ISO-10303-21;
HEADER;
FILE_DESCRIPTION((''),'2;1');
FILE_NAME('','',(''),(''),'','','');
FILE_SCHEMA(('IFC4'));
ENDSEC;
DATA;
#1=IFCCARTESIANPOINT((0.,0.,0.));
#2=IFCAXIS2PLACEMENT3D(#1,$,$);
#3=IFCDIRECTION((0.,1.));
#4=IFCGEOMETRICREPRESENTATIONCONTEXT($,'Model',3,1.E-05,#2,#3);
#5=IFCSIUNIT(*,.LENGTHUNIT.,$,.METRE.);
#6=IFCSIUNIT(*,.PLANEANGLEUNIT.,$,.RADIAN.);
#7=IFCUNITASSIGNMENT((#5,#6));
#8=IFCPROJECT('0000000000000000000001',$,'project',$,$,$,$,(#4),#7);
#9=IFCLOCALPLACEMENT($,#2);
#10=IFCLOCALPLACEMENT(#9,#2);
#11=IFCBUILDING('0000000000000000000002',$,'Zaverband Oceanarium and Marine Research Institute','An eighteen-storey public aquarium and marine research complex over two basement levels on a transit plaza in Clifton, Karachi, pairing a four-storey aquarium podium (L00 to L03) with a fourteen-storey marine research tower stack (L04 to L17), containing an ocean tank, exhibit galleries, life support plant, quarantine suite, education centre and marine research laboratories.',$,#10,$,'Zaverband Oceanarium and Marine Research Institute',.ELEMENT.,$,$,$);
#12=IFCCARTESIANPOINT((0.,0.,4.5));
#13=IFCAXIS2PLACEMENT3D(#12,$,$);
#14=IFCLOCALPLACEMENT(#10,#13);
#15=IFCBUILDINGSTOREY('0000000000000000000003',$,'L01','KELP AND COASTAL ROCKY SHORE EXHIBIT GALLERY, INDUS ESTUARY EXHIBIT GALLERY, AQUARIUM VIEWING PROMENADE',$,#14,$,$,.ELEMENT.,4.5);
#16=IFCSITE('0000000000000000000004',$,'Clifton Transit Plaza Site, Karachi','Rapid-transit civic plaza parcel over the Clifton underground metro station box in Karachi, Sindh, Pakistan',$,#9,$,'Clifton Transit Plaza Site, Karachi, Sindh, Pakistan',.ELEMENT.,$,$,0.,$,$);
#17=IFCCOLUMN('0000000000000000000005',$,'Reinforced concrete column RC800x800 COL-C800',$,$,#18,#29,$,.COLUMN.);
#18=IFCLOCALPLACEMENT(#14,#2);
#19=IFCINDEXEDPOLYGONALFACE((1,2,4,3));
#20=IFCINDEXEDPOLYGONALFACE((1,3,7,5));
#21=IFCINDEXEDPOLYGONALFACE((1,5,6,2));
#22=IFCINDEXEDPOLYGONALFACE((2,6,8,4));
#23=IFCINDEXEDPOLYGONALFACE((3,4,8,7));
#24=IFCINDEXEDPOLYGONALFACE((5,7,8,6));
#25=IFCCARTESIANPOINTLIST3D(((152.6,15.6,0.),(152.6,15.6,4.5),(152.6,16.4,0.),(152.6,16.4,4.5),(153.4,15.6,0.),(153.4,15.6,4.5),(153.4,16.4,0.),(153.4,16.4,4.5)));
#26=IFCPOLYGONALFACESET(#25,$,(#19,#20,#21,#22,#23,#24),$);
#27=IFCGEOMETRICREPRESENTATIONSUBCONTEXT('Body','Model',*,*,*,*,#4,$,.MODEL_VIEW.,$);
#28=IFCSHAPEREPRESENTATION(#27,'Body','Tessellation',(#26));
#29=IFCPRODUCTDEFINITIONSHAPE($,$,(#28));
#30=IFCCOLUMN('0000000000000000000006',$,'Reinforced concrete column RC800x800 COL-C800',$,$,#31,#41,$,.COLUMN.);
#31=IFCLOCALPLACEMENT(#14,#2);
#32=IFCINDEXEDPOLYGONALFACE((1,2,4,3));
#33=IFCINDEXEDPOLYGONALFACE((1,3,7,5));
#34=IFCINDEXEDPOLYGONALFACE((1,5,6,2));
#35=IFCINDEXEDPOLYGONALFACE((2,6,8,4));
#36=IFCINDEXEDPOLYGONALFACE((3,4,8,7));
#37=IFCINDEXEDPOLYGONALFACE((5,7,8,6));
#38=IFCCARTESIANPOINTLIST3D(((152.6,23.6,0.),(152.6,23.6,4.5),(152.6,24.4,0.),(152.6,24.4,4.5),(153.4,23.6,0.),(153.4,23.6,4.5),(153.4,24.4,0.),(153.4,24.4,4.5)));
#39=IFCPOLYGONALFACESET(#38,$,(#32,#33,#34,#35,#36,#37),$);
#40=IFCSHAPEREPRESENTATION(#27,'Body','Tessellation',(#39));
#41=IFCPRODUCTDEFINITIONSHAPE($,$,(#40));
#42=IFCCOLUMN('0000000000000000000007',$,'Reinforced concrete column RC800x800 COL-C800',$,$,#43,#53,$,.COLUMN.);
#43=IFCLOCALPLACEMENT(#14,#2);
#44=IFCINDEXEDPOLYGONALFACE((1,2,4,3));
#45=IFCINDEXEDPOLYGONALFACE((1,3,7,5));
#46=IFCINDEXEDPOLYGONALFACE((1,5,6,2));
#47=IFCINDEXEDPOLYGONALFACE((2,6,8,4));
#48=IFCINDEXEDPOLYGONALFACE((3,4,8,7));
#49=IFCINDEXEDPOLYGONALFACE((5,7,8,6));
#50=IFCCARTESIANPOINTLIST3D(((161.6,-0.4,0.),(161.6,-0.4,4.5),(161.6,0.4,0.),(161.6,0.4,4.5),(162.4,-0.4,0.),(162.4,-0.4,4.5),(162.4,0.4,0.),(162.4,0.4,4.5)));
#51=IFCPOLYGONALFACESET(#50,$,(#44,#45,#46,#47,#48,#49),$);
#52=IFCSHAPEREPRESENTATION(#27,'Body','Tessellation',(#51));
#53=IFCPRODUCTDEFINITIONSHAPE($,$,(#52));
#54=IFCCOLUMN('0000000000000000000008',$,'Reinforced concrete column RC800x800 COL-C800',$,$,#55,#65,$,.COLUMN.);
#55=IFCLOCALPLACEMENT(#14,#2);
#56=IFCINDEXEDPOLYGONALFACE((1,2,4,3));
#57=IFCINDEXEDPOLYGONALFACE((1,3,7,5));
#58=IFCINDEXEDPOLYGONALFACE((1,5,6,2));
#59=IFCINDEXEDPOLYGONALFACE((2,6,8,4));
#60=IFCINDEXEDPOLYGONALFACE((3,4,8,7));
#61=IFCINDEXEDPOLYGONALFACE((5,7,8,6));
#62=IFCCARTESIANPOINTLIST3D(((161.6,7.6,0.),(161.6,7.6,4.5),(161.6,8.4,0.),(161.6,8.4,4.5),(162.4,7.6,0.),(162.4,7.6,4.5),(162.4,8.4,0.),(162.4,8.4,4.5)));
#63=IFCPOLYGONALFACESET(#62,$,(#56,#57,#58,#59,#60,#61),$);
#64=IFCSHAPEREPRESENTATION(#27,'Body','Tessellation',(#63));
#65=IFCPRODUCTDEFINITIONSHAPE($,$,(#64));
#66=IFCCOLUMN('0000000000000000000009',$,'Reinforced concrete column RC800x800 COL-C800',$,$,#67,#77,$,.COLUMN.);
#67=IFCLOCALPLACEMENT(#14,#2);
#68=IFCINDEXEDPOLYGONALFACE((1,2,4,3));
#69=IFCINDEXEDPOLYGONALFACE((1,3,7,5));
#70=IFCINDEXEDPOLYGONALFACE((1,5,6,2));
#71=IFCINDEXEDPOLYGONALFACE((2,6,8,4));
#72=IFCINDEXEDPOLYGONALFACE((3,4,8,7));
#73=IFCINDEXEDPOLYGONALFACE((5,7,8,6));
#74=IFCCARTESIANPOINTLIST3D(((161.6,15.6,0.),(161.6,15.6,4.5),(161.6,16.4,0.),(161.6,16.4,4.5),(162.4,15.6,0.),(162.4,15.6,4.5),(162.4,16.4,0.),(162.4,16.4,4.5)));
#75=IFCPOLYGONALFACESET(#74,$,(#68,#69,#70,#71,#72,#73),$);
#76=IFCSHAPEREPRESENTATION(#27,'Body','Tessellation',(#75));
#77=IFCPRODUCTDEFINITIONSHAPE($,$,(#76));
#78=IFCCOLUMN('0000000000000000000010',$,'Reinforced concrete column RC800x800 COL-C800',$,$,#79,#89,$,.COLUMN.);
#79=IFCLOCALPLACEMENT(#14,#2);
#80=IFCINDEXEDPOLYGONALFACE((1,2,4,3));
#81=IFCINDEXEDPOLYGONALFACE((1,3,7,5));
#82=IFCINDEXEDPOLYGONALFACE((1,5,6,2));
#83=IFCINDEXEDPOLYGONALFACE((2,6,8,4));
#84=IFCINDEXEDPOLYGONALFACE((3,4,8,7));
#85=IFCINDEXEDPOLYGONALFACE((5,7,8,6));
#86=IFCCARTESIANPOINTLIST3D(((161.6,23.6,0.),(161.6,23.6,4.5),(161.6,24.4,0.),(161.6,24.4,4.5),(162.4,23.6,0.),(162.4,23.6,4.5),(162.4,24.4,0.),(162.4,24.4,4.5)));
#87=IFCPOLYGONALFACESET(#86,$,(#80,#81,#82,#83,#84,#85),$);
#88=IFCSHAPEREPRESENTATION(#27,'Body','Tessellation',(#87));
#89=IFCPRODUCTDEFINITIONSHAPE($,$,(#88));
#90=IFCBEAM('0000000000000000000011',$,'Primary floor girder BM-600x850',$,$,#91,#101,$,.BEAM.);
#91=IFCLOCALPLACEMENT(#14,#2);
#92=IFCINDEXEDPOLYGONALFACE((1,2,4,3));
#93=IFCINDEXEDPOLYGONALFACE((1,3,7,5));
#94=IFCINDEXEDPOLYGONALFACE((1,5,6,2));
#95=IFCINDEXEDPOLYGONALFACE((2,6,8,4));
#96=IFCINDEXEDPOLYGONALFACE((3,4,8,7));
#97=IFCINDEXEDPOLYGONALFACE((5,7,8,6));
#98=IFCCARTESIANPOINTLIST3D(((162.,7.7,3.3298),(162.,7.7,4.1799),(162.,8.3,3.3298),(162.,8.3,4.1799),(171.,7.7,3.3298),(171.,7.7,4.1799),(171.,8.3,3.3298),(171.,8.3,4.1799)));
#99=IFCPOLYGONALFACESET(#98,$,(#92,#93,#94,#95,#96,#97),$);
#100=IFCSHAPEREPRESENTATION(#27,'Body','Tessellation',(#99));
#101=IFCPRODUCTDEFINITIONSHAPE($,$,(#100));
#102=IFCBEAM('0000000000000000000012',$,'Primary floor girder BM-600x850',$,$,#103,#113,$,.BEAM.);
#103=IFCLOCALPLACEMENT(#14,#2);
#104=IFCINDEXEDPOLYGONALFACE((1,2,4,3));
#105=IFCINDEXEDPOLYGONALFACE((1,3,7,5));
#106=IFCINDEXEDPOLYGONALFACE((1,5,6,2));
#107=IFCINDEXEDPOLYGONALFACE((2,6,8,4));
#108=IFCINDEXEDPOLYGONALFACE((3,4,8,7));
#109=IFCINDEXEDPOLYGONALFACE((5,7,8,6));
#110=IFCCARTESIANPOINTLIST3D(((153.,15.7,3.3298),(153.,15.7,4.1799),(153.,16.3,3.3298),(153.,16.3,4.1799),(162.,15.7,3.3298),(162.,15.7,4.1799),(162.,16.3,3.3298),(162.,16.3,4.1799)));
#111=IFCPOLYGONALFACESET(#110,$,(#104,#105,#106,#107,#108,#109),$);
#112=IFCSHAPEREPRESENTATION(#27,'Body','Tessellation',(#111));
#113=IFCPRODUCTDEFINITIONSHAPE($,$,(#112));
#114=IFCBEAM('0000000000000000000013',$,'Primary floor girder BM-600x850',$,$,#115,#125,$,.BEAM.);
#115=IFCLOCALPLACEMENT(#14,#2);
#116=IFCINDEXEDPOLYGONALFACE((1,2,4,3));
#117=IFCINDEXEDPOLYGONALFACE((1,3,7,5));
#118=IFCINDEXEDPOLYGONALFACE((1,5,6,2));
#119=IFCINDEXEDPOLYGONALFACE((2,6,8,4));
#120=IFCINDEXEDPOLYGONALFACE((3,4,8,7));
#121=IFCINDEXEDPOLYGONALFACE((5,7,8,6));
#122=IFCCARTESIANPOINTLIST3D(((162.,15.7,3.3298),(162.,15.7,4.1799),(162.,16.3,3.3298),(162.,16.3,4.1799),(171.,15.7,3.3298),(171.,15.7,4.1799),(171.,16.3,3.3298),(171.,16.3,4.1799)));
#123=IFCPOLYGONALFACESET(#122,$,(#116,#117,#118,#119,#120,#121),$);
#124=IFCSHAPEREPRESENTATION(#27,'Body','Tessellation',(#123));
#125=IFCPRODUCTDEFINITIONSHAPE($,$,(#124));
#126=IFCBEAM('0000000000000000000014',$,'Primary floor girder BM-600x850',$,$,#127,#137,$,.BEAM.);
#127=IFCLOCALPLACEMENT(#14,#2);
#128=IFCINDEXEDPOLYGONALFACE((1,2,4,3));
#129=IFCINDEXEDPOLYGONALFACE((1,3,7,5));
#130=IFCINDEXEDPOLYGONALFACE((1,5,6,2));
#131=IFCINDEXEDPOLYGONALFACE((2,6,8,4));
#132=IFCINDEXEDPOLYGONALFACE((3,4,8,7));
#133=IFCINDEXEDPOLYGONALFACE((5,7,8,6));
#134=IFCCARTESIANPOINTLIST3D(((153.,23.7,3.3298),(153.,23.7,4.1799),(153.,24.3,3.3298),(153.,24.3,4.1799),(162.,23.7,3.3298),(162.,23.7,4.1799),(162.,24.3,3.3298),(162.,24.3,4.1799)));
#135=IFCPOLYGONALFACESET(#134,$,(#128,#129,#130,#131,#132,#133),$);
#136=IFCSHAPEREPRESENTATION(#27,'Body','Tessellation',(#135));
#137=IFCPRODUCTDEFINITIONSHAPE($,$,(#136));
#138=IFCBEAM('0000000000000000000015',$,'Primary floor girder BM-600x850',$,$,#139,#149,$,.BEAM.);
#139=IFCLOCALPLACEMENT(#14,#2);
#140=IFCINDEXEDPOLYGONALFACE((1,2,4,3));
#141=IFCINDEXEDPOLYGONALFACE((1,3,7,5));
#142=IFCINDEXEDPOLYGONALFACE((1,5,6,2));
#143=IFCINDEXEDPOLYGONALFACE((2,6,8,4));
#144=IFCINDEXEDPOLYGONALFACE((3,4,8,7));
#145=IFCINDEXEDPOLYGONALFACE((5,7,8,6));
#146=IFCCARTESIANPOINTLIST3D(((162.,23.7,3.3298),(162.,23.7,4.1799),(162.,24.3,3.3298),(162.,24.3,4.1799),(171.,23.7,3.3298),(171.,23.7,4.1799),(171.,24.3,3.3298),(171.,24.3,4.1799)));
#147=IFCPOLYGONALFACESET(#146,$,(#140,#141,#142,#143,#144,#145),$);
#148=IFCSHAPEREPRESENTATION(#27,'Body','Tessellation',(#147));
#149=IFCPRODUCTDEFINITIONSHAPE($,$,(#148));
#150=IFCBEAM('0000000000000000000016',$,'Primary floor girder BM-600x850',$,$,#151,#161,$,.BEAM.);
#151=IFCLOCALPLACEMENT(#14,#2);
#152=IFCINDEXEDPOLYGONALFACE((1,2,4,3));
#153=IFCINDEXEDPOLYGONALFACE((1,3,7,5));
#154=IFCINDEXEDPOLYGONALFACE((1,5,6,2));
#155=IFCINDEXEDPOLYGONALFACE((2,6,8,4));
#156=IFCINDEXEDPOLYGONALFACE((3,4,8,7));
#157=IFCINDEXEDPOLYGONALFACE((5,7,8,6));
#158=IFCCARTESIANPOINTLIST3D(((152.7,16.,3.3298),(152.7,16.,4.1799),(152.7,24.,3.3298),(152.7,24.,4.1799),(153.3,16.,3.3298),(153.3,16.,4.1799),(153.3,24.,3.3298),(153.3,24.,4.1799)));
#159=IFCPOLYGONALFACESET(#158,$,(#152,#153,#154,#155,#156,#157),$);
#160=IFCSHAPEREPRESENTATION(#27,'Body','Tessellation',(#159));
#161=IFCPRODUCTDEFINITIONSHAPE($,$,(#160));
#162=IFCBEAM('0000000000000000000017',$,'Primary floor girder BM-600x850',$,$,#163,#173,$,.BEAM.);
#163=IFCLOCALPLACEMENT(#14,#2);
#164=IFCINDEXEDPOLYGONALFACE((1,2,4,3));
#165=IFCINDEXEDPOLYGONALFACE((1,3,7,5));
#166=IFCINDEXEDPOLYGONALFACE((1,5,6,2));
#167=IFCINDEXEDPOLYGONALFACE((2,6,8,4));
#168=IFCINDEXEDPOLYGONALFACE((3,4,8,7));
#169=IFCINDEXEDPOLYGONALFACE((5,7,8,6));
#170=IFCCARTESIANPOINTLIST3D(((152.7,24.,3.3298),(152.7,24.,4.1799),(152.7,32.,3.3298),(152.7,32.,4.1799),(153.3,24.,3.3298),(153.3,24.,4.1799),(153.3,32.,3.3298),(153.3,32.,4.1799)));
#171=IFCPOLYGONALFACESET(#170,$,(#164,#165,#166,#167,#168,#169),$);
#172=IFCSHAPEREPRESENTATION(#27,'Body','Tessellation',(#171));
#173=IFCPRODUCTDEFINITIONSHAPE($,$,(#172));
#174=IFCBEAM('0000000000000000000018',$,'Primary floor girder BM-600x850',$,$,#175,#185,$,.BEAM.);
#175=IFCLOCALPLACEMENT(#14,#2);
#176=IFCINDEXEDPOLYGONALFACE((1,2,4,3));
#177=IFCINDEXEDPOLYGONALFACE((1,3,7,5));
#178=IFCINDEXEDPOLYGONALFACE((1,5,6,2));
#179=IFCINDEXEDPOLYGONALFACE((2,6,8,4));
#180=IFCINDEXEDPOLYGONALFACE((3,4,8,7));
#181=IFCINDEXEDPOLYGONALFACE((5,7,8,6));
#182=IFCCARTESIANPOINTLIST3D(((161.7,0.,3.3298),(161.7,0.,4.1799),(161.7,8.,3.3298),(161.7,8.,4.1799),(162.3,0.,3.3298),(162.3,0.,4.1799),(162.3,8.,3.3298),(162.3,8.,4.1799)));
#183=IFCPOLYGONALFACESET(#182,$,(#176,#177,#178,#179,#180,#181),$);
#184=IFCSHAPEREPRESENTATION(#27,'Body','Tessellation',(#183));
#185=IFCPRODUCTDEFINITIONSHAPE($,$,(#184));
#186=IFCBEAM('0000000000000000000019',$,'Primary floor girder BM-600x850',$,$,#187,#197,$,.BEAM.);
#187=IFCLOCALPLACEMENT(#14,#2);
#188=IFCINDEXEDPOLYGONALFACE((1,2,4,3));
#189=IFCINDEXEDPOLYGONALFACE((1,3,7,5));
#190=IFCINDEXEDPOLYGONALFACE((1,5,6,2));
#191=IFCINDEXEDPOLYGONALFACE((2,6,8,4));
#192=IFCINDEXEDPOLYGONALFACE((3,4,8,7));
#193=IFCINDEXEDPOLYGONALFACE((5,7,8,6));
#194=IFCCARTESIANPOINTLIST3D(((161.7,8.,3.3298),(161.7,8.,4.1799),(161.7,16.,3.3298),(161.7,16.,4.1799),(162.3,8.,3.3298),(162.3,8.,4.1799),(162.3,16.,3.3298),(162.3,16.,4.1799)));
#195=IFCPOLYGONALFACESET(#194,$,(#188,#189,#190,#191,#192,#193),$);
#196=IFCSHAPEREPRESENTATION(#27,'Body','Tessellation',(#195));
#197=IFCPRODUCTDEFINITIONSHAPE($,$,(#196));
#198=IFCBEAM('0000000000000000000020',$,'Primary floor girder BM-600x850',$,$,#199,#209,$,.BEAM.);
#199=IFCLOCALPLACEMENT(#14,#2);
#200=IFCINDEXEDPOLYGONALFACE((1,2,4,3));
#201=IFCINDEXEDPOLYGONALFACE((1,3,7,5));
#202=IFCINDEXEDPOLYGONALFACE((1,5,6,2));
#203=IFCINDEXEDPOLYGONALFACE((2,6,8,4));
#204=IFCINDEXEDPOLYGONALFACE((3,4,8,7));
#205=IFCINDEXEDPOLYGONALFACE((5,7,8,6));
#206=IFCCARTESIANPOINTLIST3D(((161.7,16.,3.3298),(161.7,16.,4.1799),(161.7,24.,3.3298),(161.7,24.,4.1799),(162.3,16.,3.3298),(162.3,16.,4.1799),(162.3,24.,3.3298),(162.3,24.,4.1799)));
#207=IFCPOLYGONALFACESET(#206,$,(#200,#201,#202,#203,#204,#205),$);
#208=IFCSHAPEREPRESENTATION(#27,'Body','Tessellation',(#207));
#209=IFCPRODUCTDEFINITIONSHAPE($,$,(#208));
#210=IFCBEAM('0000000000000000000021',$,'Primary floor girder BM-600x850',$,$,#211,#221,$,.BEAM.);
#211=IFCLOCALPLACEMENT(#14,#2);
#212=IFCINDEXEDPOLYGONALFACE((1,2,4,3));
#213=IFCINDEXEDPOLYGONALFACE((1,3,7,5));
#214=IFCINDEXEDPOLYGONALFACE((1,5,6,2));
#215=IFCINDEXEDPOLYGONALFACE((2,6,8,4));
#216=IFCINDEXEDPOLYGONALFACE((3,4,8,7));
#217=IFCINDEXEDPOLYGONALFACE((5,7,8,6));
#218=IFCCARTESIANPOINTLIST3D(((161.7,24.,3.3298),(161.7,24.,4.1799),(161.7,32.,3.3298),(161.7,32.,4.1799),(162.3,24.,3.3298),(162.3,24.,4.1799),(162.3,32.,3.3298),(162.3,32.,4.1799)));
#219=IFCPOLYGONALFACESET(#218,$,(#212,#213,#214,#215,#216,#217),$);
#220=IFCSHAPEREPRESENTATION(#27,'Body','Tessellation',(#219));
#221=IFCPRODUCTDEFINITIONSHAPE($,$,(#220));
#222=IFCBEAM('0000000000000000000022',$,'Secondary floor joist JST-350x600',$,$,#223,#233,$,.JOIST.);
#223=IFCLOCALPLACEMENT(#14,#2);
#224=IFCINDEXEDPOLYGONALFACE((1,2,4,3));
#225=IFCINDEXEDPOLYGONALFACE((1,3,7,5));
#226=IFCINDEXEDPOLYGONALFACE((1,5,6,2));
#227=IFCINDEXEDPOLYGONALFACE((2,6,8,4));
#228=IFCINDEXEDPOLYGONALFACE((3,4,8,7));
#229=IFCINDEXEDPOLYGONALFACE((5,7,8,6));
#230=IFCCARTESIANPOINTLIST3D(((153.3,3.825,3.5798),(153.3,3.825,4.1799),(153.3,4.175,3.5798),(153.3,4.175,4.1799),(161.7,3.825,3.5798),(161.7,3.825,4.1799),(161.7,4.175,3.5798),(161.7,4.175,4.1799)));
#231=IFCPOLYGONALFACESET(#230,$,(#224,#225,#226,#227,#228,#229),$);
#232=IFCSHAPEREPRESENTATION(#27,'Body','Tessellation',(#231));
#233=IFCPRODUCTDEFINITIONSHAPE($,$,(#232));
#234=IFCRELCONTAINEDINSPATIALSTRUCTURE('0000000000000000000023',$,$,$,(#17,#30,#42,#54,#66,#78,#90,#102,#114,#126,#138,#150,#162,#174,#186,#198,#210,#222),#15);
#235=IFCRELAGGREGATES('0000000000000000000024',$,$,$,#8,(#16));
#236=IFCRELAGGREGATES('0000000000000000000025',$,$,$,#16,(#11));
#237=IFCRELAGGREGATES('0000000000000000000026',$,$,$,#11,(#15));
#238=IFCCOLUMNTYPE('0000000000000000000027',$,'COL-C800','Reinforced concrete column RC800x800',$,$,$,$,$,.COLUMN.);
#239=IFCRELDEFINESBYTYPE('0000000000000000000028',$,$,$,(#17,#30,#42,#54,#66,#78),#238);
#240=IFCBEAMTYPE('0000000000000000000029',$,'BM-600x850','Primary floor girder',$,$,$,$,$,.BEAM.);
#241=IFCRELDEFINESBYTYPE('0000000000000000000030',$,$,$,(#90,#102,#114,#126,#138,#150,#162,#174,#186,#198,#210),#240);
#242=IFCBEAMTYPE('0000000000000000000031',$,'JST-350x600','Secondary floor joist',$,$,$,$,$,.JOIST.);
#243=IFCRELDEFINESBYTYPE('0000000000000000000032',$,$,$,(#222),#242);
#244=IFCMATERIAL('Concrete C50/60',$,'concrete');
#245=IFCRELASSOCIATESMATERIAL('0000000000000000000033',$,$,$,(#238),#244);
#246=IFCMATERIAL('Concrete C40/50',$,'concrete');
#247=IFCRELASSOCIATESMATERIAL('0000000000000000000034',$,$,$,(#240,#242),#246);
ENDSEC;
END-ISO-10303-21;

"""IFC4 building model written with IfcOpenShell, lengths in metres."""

from ifc_helpers import new_model, si_unit, direction, frame, origin, origin_2d, place, context, subcontext, project, spatial, rectangle, extrude, material, material_profile, profile_set, type_object, element, save


model = new_model("IFC4")

# Units and contexts
model_context = context("Model", 3, precision=1e-05, world=origin(), true_north=direction((0.0, 1.0)))
body_context = subcontext(model_context, "Body", "Model", "MODEL_VIEW")
ifc_project = project(units=[si_unit("LENGTHUNIT", "METRE"), si_unit("PLANEANGLEUNIT", "RADIAN")], contexts=[model_context])

# Site, building, storey
site_placement = place(None, origin())
site = spatial("IfcSite", under=ifc_project, at=site_placement, Name="Clifton Transit Plaza Site, Karachi", Description="Rapid-transit civic plaza parcel over the Clifton underground metro station box in Karachi, Sindh, Pakistan", LongName="Clifton Transit Plaza Site, Karachi, Sindh, Pakistan", CompositionType="ELEMENT", RefElevation=0.0)
building_placement = place(site_placement, origin())
building = spatial("IfcBuilding", under=site, at=building_placement, Name="Zaverband Oceanarium and Marine Research Institute", Description="An eighteen-storey public aquarium and marine research complex over two basement levels on a transit plaza in Clifton, Karachi, pairing a four-storey aquarium podium (L00 to L03) with a fourteen-storey marine research tower stack (L04 to L17), containing an ocean tank, exhibit galleries, life support plant, quarantine suite, education centre and marine research laboratories.", LongName="Zaverband Oceanarium and Marine Research Institute", CompositionType="ELEMENT")
storey_placement = place(building_placement, frame((0.0, 0.0, 4.5)))
storey = spatial("IfcBuildingStorey", under=building, at=storey_placement, Name="L01", Description="KELP AND COASTAL ROCKY SHORE EXHIBIT GALLERY, INDUS ESTUARY EXHIBIT GALLERY, AQUARIUM VIEWING PROMENADE", CompositionType="ELEMENT", Elevation=4.5)

# Columns
ifc_material_1 = material(Name="Concrete C50/60", Category="concrete")
ifc_material_profile_1 = material_profile(ifc_material_1, rectangle(XDim=0.8, YDim=0.8, at=origin_2d()), Name="RC800x800")
ifc_profile_set_1 = profile_set([ifc_material_profile_1], Name="Concrete C50/60")
column_type = type_object("IfcColumnType", Name="COL-C800", Description="Reinforced concrete column RC800x800", PredefinedType="COLUMN", material=ifc_profile_set_1)
for number, where, z_axis, x_axis, name in (
    (1, (153.0, 16.0, 0.0), (0.0, 0.0, 1.0), (1.0, 0.0, 0.0), "Reinforced concrete column RC800x800 COL-C800"),
    (2, (153.0, 24.0, 0.0), (0.0, 0.0, 1.0), (1.0, 0.0, 0.0), "Reinforced concrete column RC800x800 COL-C800"),
    (3, (162.0, 0.0, 0.0), (0.0, 0.0, 1.0), (1.0, 0.0, 0.0), "Reinforced concrete column RC800x800 COL-C800"),
    (4, (162.0, 8.0, 0.0), (0.0, 0.0, 1.0), (1.0, 0.0, 0.0), "Reinforced concrete column RC800x800 COL-C800"),
    (5, (162.0, 16.0, 0.0), (0.0, 0.0, 1.0), (1.0, 0.0, 0.0), "Reinforced concrete column RC800x800 COL-C800"),
    (6, (162.0, 24.0, 0.0), (0.0, 0.0, 1.0), (1.0, 0.0, 0.0), "Reinforced concrete column RC800x800 COL-C800"),
):
    element("IfcColumn", number, at=place(storey_placement, frame(where, z_axis=z_axis, x_axis=x_axis)), inside=storey, type_object=column_type, Name=name, PredefinedType="COLUMN", context=body_context, shape_type="SweptSolid", body=[
        extrude(rectangle(XDim=0.8, YDim=0.8, at=origin_2d()), origin(), (0.0, 0.0, 1.0), 4.5),
    ])

# Beams
ifc_material_2 = material(Name="Concrete C40/50", Category="concrete")
ifc_material_profile_2 = material_profile(ifc_material_2, rectangle(XDim=0.6001, YDim=0.8501, at=origin_2d()), Name="RC600x850")
ifc_profile_set_2 = profile_set([ifc_material_profile_2], Name="Concrete C40/50")
beam_type_1 = type_object("IfcBeamType", Name="BM-600x850", Description="Primary floor girder", PredefinedType="BEAM", material=ifc_profile_set_2)
for number, where, z_axis, x_axis, name in (
    (7, (162.0, 8.0, 3.7549), (1.0, 0.0, 0.0), (0.0, 1.0, 0.0), "Primary floor girder BM-600x850"),
    (8, (153.0, 16.0, 3.7549), (1.0, 0.0, 0.0), (0.0, 1.0, 0.0), "Primary floor girder BM-600x850"),
    (9, (162.0, 16.0, 3.7549), (1.0, 0.0, 0.0), (0.0, 1.0, 0.0), "Primary floor girder BM-600x850"),
    (10, (153.0, 24.0, 3.7549), (1.0, 0.0, 0.0), (0.0, 1.0, 0.0), "Primary floor girder BM-600x850"),
    (11, (162.0, 24.0, 3.7549), (1.0, 0.0, 0.0), (0.0, 1.0, 0.0), "Primary floor girder BM-600x850"),
):
    element("IfcBeam", number, at=place(storey_placement, frame(where, z_axis=z_axis, x_axis=x_axis)), inside=storey, type_object=beam_type_1, Name=name, PredefinedType="BEAM", context=body_context, shape_type="SweptSolid", body=[
        extrude(rectangle(XDim=0.6001, YDim=0.8501, at=origin_2d()), origin(), (0.0, 0.0, 1.0), 9.0),
    ])
for number, where, z_axis, x_axis, name in (
    (12, (153.0, 16.0, 3.7549), (0.0, 1.0, 0.0), (-1.0, 0.0, 0.0), "Primary floor girder BM-600x850"),
    (13, (153.0, 24.0, 3.7549), (0.0, 1.0, 0.0), (-1.0, 0.0, 0.0), "Primary floor girder BM-600x850"),
    (14, (162.0, 0.0, 3.7549), (0.0, 1.0, 0.0), (-1.0, 0.0, 0.0), "Primary floor girder BM-600x850"),
    (15, (162.0, 8.0, 3.7549), (0.0, 1.0, 0.0), (-1.0, 0.0, 0.0), "Primary floor girder BM-600x850"),
    (16, (162.0, 16.0, 3.7549), (0.0, 1.0, 0.0), (-1.0, 0.0, 0.0), "Primary floor girder BM-600x850"),
    (17, (162.0, 24.0, 3.7549), (0.0, 1.0, 0.0), (-1.0, 0.0, 0.0), "Primary floor girder BM-600x850"),
):
    element("IfcBeam", number, at=place(storey_placement, frame(where, z_axis=z_axis, x_axis=x_axis)), inside=storey, type_object=beam_type_1, Name=name, PredefinedType="BEAM", context=body_context, shape_type="SweptSolid", body=[
        extrude(rectangle(XDim=0.6001, YDim=0.8501, at=origin_2d()), origin(), (0.0, 0.0, 1.0), 8.0),
    ])
ifc_material_profile_3 = material_profile(ifc_material_2, rectangle(XDim=0.3501, YDim=0.6001, at=origin_2d()), Name="RC350x600")
ifc_profile_set_3 = profile_set([ifc_material_profile_3], Name="Concrete C40/50")
beam_type_2 = type_object("IfcBeamType", Name="JST-350x600", Description="Secondary floor joist", PredefinedType="JOIST", material=ifc_profile_set_3)
for number, where, z_axis, x_axis, name in (
    (18, (153.3, 4.0, 3.8799), (1.0, 0.0, 0.0), (0.0, 1.0, 0.0), "Secondary floor joist JST-350x600"),
):
    element("IfcBeam", number, at=place(storey_placement, frame(where, z_axis=z_axis, x_axis=x_axis)), inside=storey, type_object=beam_type_2, Name=name, PredefinedType="JOIST", context=body_context, shape_type="SweptSolid", body=[
        extrude(rectangle(XDim=0.3501, YDim=0.6001, at=origin_2d()), origin(), (0.0, 0.0, 1.0), 8.3999),
    ])

save(model, "model.ifc")
